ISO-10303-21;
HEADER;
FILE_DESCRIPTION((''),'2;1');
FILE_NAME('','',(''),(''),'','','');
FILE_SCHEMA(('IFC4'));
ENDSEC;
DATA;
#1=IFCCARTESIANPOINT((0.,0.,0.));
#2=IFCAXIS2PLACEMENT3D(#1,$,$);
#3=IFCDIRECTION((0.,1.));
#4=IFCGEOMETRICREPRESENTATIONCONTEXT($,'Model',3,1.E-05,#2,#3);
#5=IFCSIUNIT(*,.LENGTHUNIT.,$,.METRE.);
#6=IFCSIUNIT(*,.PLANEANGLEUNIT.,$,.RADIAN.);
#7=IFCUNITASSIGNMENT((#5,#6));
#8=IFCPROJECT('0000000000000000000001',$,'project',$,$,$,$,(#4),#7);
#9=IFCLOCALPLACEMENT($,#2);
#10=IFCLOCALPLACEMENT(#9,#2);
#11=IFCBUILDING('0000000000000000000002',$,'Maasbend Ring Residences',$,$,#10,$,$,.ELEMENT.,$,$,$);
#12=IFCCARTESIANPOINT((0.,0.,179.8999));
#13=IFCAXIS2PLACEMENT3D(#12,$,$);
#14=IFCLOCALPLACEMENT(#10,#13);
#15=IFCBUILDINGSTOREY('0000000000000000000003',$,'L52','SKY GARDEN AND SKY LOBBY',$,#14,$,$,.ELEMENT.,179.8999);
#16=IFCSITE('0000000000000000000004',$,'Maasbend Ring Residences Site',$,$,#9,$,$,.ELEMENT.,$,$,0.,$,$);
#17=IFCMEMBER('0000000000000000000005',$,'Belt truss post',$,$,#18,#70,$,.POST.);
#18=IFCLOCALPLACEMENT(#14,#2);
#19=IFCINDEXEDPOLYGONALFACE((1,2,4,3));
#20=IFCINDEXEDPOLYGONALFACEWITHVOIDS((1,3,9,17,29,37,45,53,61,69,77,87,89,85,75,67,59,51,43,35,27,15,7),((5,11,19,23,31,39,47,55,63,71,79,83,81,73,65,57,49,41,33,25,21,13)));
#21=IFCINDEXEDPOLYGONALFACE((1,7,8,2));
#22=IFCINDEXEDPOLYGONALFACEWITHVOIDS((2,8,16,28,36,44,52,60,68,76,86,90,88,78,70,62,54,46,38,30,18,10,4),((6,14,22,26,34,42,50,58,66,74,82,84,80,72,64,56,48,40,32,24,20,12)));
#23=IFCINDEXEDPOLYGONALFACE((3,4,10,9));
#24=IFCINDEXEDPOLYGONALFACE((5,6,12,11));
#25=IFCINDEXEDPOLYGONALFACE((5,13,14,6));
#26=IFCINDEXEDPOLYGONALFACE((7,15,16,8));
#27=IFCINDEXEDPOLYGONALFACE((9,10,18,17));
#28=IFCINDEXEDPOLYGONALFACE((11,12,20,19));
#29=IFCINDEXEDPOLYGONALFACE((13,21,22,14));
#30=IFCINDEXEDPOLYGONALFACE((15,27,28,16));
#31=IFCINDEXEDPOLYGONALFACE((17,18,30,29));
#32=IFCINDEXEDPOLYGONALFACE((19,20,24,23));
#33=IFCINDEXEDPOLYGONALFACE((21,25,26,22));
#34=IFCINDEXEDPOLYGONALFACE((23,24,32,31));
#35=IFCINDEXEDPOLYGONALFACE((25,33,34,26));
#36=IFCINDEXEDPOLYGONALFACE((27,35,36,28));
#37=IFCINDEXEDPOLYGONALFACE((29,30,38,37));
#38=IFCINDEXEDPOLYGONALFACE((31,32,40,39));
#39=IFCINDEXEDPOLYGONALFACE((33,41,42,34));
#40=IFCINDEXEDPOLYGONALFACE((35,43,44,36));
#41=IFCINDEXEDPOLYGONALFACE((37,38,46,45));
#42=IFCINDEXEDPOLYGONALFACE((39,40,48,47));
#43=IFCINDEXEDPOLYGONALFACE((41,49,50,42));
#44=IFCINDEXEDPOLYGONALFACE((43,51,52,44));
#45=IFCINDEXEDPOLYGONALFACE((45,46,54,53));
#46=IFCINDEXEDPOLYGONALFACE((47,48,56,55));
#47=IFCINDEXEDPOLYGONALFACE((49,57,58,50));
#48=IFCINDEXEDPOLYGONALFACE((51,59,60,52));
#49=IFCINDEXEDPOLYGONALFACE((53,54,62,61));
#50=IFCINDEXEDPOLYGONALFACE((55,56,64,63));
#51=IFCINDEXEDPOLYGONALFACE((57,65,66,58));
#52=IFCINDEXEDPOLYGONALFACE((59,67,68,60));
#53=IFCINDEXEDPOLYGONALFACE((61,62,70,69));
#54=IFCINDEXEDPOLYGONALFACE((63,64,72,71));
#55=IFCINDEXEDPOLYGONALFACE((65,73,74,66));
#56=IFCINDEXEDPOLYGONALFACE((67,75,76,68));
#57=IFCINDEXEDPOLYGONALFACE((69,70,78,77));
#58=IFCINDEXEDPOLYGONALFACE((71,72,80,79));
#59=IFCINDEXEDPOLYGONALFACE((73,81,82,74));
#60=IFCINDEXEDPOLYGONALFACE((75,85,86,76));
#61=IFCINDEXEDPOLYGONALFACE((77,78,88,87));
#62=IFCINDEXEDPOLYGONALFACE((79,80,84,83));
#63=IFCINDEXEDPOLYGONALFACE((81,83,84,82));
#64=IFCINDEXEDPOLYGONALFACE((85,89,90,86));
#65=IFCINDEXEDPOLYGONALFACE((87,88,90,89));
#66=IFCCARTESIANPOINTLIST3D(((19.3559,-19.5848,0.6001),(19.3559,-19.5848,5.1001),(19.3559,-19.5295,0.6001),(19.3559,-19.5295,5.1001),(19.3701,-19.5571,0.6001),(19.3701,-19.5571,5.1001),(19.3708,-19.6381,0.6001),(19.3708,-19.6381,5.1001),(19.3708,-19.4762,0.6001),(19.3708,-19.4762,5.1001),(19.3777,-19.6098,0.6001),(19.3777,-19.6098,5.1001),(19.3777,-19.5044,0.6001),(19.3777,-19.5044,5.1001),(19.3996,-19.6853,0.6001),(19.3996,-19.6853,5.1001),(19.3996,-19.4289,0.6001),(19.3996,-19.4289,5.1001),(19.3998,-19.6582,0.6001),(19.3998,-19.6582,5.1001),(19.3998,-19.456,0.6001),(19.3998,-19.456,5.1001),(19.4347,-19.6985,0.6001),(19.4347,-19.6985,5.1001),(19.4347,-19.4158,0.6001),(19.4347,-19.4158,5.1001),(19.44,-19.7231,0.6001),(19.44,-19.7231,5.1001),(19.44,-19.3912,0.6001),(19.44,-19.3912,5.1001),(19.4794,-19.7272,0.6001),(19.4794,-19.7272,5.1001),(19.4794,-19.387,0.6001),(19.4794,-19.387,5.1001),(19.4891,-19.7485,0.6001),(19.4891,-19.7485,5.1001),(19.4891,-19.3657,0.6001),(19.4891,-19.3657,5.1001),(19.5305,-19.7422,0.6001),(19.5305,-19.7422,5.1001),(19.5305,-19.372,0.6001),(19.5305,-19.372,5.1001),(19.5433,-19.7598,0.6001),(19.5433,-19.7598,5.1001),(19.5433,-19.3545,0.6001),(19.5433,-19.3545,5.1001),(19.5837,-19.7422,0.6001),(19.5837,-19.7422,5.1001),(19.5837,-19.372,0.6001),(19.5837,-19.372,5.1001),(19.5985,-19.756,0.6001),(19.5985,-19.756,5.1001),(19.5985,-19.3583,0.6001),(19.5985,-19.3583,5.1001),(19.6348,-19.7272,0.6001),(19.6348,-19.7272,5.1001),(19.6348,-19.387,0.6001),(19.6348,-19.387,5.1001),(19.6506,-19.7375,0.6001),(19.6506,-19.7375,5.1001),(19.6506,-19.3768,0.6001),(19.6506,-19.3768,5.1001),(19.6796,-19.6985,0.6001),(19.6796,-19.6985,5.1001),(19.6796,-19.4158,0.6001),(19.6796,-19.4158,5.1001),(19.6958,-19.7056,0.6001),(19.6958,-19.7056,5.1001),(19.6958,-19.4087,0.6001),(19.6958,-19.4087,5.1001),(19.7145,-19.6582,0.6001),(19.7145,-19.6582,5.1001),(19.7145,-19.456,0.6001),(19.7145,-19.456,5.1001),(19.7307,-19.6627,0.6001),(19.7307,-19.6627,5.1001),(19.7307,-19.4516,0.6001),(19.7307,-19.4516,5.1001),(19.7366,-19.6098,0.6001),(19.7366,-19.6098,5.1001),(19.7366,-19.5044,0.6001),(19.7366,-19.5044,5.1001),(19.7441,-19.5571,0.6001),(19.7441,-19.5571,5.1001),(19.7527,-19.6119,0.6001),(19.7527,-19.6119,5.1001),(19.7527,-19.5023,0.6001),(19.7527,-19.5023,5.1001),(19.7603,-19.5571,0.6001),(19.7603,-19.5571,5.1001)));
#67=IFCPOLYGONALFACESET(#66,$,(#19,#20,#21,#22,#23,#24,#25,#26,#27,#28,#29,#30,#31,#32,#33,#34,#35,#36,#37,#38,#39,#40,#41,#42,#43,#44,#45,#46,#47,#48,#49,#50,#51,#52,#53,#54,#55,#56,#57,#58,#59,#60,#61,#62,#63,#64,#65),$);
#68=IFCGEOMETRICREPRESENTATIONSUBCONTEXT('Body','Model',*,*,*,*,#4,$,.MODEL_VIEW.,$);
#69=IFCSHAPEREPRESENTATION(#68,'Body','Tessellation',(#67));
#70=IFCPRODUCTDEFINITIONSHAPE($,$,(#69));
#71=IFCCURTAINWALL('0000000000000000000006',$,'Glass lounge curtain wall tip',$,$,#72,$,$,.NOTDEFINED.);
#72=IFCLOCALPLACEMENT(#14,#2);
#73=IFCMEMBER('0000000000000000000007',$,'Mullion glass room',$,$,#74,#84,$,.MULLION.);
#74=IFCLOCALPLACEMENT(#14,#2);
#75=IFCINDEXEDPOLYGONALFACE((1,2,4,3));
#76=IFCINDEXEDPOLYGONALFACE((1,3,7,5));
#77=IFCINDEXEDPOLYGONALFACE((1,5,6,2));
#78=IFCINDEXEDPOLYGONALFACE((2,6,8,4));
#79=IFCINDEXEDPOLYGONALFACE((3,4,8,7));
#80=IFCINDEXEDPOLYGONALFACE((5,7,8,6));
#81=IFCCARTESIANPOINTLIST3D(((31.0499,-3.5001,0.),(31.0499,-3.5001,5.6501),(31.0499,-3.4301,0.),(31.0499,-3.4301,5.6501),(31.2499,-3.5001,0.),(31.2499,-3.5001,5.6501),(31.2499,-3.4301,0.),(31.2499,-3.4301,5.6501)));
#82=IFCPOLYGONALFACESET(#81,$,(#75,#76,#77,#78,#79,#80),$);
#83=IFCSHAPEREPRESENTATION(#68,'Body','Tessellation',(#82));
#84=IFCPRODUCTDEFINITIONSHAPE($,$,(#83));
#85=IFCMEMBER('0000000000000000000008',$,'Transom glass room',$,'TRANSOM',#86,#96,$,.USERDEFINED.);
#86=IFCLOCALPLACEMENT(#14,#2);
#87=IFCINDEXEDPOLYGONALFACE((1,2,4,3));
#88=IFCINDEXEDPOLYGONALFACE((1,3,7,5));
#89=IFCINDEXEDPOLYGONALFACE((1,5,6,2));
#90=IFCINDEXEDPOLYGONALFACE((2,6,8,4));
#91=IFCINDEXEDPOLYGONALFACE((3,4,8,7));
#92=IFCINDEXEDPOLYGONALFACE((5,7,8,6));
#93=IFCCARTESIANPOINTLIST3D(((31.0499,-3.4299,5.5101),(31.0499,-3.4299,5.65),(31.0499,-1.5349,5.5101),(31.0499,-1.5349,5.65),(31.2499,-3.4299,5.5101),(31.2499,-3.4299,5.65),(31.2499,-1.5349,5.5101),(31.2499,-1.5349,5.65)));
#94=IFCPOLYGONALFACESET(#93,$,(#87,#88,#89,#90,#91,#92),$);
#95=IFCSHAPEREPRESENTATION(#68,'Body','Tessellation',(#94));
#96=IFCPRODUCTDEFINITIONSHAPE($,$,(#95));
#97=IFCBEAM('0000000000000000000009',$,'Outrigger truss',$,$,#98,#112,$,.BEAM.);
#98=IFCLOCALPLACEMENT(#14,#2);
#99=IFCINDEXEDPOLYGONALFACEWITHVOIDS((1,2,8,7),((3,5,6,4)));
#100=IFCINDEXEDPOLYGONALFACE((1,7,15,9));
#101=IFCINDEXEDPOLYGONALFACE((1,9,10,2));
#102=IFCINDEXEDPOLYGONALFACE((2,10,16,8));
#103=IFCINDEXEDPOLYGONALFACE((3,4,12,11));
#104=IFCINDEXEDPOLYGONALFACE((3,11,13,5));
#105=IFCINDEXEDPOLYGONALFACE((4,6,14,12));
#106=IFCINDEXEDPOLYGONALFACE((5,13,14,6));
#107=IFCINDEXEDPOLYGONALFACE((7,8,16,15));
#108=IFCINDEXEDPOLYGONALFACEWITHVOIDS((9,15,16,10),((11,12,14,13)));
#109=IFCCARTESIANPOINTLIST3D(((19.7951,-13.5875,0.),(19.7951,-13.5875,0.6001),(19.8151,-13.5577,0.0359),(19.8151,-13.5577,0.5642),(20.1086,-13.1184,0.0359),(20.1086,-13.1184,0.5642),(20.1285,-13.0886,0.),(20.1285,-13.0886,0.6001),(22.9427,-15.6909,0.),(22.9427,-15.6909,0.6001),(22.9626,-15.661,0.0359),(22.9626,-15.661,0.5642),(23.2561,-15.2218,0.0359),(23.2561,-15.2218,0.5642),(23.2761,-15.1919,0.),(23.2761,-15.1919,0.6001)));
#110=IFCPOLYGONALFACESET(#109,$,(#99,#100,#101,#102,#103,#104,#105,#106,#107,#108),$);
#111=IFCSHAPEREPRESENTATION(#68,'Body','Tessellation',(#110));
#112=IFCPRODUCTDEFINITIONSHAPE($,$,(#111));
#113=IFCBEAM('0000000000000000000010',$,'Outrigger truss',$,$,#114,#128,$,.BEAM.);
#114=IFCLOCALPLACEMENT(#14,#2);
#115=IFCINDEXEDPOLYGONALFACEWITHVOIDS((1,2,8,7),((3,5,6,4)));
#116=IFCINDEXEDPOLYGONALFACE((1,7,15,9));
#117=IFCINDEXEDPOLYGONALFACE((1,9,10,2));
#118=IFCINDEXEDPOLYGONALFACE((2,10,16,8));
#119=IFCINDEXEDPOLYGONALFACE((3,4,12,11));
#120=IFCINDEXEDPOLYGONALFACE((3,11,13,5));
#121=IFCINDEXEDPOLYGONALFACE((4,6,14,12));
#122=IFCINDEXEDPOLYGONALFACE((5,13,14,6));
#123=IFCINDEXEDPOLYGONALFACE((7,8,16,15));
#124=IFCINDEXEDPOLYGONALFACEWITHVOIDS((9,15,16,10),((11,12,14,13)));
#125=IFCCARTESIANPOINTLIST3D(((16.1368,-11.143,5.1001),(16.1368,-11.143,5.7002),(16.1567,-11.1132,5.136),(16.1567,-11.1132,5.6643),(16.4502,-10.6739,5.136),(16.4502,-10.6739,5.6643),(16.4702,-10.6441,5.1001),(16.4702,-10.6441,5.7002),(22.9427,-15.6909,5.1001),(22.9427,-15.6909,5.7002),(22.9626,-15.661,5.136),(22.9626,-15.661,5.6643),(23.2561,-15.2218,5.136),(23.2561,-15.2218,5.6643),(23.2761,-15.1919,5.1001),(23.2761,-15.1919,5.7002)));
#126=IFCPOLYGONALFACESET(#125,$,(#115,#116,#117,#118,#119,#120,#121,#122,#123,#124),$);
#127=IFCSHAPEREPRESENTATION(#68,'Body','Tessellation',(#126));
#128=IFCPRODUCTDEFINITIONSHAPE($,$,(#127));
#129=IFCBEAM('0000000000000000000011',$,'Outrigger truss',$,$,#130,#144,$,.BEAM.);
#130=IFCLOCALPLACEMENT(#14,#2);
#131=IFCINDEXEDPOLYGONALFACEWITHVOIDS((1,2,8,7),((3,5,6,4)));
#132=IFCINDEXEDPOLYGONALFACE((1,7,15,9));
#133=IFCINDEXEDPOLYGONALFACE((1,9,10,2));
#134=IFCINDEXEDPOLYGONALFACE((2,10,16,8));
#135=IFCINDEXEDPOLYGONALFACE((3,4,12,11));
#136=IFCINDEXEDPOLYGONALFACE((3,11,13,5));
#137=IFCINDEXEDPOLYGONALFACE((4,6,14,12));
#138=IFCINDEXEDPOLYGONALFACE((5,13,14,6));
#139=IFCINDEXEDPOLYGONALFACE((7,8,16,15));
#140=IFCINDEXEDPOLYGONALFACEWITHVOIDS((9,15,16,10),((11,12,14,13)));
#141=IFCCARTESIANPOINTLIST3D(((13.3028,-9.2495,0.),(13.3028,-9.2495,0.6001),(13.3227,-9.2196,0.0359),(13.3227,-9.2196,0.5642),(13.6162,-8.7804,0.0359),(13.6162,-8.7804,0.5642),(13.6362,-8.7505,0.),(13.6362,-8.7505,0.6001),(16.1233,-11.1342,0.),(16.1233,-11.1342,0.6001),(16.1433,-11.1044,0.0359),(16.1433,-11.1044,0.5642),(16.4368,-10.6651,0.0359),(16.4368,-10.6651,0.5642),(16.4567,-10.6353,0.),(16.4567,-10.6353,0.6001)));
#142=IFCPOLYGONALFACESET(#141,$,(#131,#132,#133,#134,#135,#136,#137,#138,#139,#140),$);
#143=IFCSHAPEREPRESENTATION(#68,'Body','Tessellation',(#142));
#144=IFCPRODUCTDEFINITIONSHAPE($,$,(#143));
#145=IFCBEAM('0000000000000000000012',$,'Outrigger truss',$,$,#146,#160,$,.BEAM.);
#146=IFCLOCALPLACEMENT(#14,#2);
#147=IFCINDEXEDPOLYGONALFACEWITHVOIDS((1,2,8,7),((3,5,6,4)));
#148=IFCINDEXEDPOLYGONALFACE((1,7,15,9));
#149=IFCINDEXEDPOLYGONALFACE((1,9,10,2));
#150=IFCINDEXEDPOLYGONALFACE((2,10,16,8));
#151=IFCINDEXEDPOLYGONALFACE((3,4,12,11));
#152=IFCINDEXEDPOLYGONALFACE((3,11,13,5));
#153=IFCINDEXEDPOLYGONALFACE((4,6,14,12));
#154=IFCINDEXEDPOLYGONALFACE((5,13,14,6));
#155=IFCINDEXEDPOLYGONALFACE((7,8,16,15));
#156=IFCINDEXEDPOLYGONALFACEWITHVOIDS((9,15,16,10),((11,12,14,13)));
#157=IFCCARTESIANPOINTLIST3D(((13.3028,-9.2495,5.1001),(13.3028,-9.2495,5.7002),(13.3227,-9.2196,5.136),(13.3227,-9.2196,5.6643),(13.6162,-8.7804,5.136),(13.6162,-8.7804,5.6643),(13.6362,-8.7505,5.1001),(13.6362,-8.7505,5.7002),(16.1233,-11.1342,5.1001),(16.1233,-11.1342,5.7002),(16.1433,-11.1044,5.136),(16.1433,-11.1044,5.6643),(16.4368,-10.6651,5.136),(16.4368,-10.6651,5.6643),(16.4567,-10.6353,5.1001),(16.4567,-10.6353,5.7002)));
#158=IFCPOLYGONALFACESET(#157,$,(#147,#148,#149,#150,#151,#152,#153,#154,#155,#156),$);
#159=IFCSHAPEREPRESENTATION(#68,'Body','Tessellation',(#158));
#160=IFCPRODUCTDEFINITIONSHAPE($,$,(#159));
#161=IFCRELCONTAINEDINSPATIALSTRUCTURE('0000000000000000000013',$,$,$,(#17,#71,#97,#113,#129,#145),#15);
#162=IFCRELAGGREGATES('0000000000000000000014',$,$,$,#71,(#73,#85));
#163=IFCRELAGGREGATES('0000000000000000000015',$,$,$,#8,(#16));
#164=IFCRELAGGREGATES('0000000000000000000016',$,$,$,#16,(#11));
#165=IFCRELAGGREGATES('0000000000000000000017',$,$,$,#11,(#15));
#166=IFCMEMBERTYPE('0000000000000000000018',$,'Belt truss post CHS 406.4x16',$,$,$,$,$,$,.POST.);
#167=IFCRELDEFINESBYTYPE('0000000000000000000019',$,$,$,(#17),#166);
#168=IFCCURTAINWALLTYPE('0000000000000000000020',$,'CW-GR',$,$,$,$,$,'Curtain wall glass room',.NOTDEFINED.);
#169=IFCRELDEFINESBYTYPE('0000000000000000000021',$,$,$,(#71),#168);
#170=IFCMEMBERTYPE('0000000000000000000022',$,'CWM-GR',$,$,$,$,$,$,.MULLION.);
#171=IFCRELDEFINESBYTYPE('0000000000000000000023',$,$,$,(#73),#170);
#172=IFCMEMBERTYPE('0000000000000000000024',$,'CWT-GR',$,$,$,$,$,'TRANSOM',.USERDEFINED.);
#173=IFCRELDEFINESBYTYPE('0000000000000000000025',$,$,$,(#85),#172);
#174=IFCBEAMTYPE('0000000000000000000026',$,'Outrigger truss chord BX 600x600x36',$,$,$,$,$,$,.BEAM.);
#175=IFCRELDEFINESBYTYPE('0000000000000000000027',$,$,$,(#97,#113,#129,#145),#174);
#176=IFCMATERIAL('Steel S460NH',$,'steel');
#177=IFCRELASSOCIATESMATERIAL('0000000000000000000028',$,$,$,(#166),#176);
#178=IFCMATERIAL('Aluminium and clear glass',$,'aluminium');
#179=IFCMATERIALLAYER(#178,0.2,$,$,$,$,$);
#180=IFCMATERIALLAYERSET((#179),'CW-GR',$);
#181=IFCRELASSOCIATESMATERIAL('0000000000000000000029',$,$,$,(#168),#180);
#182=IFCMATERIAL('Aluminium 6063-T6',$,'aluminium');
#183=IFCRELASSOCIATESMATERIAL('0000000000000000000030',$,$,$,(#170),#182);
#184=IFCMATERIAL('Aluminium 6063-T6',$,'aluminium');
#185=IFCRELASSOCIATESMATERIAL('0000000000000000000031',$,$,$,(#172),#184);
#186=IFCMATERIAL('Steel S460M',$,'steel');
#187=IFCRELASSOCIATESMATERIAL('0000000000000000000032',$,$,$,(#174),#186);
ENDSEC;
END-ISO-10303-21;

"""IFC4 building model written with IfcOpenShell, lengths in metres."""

from ifc_helpers import new_model, si_unit, direction, frame, origin, origin_2d, place, context, subcontext, project, spatial, rectangle, hollow_rectangle, hollow_circle, extrude, material, layer, layer_set, material_profile, profile_set, type_object, element, aggregate, save


model = new_model("IFC4")

# Units and contexts
model_context = context("Model", 3, precision=1e-05, world=origin(), true_north=direction((0.0, 1.0)))
body_context = subcontext(model_context, "Body", "Model", "MODEL_VIEW")
ifc_project = project(units=[si_unit("LENGTHUNIT", "METRE"), si_unit("PLANEANGLEUNIT", "RADIAN")], contexts=[model_context])

# Site, building, storey
site_placement = place(None, origin())
site = spatial("IfcSite", under=ifc_project, at=site_placement, Name="Maasbend Ring Residences Site", CompositionType="ELEMENT", RefElevation=0.0)
building_placement = place(site_placement, origin())
building = spatial("IfcBuilding", under=site, at=building_placement, Name="Maasbend Ring Residences", CompositionType="ELEMENT")
storey_placement = place(building_placement, frame((0.0, 0.0, 179.8999)))
storey = spatial("IfcBuildingStorey", under=building, at=storey_placement, Name="L52", Description="SKY GARDEN AND SKY LOBBY", CompositionType="ELEMENT", Elevation=179.8999)

# Member
ifc_material_1 = material(Name="Steel S460NH", Category="steel")
ifc_material_profile_1 = material_profile(ifc_material_1, hollow_circle(Radius=0.2031, WallThickness=0.0161, at=origin_2d()), Name="Belt truss post CHS 406.4x16")
ifc_profile_set_1 = profile_set([ifc_material_profile_1], Name="Steel S460NH")
member_type_1 = type_object("IfcMemberType", Name="Belt truss post CHS 406.4x16", PredefinedType="POST", material=ifc_profile_set_1)
member_1_placement = place(storey_placement, frame((19.5571, -19.5571, 0.6001), z_axis=(0.0, 0.0, 1.0), x_axis=(1.0, 0.0, 0.0)))
element("IfcMember", 1, at=member_1_placement, inside=storey, type_object=member_type_1, Name="Belt truss post", PredefinedType="POST", context=body_context, shape_type="SweptSolid", body=[
    extrude(hollow_circle(Radius=0.2031, WallThickness=0.0161, at=origin_2d()), origin(), (0.0, 0.0, 1.0), 4.5),
])

# Curtain wall, members
ifc_material_2 = material(Name="Aluminium and clear glass", Category="aluminium")
ifc_layer_1 = layer(ifc_material_2, 0.2)
ifc_layer_set_1 = layer_set([ifc_layer_1], Name="CW-GR")
curtain_wall_type = type_object("IfcCurtainWallType", Name="CW-GR", ElementType="Curtain wall glass room", PredefinedType="NOTDEFINED", material=ifc_layer_set_1)
curtain_wall_placement = place(storey_placement, origin())
curtain_wall = element("IfcCurtainWall", 2, at=curtain_wall_placement, inside=storey, type_object=curtain_wall_type, Name="Glass lounge curtain wall tip", PredefinedType="NOTDEFINED")
ifc_material_3 = material(Name="Aluminium 6063-T6", Category="aluminium")
ifc_material_profile_2 = material_profile(ifc_material_3, rectangle(XDim=0.2, YDim=0.0701, at=origin_2d()), Name="AL 200x70")
ifc_profile_set_2 = profile_set([ifc_material_profile_2], Name="Aluminium 6063-T6")
member_type_2 = type_object("IfcMemberType", Name="CWM-GR", PredefinedType="MULLION", material=ifc_profile_set_2)
member_2_placement = place(storey_placement, frame((31.1499, -3.4651, 0.0), z_axis=(0.0, 0.0, 1.0), x_axis=(-1.0, 0.0, 0.0)))
member_2 = element("IfcMember", 3, at=member_2_placement, type_object=member_type_2, Name="Mullion glass room", PredefinedType="MULLION", context=body_context, shape_type="SweptSolid", body=[
    extrude(rectangle(XDim=0.2, YDim=0.0701, at=origin_2d()), origin(), (0.0, 0.0, 1.0), 5.6501),
])
ifc_material_4 = material(Name="Aluminium 6063-T6", Category="aluminium")
ifc_material_profile_3 = material_profile(ifc_material_4, rectangle(XDim=0.2, YDim=0.1399, at=origin_2d()), Name="AL 200x140")
ifc_profile_set_3 = profile_set([ifc_material_profile_3], Name="Aluminium 6063-T6")
member_type_3 = type_object("IfcMemberType", Name="CWT-GR", ElementType="TRANSOM", PredefinedType="USERDEFINED", material=ifc_profile_set_3)
member_3_placement = place(storey_placement, frame((31.1499, -3.4299, 5.5801), z_axis=(0.0, 1.0, 0.0), x_axis=(-1.0, 0.0, 0.0)))
member_3 = element("IfcMember", 4, at=member_3_placement, type_object=member_type_3, Name="Transom glass room", ObjectType="TRANSOM", PredefinedType="USERDEFINED", context=body_context, shape_type="SweptSolid", body=[
    extrude(rectangle(XDim=0.2, YDim=0.1399, at=origin_2d()), origin(), (0.0, 0.0, 1.0), 1.895),
])
aggregate(curtain_wall, [member_2, member_3])

# Beams
ifc_material_5 = material(Name="Steel S460M", Category="steel")
ifc_material_profile_4 = material_profile(ifc_material_5, hollow_rectangle(XDim=0.6001, YDim=0.6001, WallThickness=0.0359, at=origin_2d()), Name="Outrigger truss chord BX 600x600x36")
ifc_profile_set_4 = profile_set([ifc_material_profile_4], Name="Steel S460M")
beam_type_1 = type_object("IfcBeamType", Name="Outrigger truss chord BX 600x600x36", PredefinedType="BEAM", material=ifc_profile_set_4)
beam_1_placement = place(storey_placement, frame((23.1094, -15.4414, 0.3), z_axis=(-0.831445, 0.555608, 0.0), x_axis=(-0.555608, -0.831445, 0.0)))
element("IfcBeam", 5, at=beam_1_placement, inside=storey, type_object=beam_type_1, Name="Outrigger truss", PredefinedType="BEAM", context=body_context, shape_type="SweptSolid", body=[
    extrude(hollow_rectangle(XDim=0.6001, YDim=0.6001, WallThickness=0.0359, at=origin_2d()), origin(), (0.0, 0.0, 1.0), 3.7856),
])
beam_2_placement = place(storey_placement, frame((23.1094, -15.4414, 5.4001), z_axis=(-0.831453, 0.555595, 0.0), x_axis=(-0.555595, -0.831453, 0.0)))
element("IfcBeam", 6, at=beam_2_placement, inside=storey, type_object=beam_type_1, Name="Outrigger truss", PredefinedType="BEAM", context=body_context, shape_type="SweptSolid", body=[
    extrude(hollow_rectangle(XDim=0.6001, YDim=0.6001, WallThickness=0.0359, at=origin_2d()), origin(), (0.0, 0.0, 1.0), 8.1855),
])
for number, where, z_axis, x_axis, name in (
    (7, (16.29, -10.8848, 0.3), (-0.831452, 0.555597, 0.0), (-0.555597, -0.831452, 0.0), "Outrigger truss"),
    (8, (16.29, -10.8848, 5.4001), (-0.831452, 0.555597, 0.0), (-0.555597, -0.831452, 0.0), "Outrigger truss"),
):
    element("IfcBeam", number, at=place(storey_placement, frame(where, z_axis=z_axis, x_axis=x_axis)), inside=storey, type_object=beam_type_1, Name=name, PredefinedType="BEAM", context=body_context, shape_type="SweptSolid", body=[
        extrude(hollow_rectangle(XDim=0.6001, YDim=0.6001, WallThickness=0.0359, at=origin_2d()), origin(), (0.0, 0.0, 1.0), 3.3923),
    ])

save(model, "model.ifc")
